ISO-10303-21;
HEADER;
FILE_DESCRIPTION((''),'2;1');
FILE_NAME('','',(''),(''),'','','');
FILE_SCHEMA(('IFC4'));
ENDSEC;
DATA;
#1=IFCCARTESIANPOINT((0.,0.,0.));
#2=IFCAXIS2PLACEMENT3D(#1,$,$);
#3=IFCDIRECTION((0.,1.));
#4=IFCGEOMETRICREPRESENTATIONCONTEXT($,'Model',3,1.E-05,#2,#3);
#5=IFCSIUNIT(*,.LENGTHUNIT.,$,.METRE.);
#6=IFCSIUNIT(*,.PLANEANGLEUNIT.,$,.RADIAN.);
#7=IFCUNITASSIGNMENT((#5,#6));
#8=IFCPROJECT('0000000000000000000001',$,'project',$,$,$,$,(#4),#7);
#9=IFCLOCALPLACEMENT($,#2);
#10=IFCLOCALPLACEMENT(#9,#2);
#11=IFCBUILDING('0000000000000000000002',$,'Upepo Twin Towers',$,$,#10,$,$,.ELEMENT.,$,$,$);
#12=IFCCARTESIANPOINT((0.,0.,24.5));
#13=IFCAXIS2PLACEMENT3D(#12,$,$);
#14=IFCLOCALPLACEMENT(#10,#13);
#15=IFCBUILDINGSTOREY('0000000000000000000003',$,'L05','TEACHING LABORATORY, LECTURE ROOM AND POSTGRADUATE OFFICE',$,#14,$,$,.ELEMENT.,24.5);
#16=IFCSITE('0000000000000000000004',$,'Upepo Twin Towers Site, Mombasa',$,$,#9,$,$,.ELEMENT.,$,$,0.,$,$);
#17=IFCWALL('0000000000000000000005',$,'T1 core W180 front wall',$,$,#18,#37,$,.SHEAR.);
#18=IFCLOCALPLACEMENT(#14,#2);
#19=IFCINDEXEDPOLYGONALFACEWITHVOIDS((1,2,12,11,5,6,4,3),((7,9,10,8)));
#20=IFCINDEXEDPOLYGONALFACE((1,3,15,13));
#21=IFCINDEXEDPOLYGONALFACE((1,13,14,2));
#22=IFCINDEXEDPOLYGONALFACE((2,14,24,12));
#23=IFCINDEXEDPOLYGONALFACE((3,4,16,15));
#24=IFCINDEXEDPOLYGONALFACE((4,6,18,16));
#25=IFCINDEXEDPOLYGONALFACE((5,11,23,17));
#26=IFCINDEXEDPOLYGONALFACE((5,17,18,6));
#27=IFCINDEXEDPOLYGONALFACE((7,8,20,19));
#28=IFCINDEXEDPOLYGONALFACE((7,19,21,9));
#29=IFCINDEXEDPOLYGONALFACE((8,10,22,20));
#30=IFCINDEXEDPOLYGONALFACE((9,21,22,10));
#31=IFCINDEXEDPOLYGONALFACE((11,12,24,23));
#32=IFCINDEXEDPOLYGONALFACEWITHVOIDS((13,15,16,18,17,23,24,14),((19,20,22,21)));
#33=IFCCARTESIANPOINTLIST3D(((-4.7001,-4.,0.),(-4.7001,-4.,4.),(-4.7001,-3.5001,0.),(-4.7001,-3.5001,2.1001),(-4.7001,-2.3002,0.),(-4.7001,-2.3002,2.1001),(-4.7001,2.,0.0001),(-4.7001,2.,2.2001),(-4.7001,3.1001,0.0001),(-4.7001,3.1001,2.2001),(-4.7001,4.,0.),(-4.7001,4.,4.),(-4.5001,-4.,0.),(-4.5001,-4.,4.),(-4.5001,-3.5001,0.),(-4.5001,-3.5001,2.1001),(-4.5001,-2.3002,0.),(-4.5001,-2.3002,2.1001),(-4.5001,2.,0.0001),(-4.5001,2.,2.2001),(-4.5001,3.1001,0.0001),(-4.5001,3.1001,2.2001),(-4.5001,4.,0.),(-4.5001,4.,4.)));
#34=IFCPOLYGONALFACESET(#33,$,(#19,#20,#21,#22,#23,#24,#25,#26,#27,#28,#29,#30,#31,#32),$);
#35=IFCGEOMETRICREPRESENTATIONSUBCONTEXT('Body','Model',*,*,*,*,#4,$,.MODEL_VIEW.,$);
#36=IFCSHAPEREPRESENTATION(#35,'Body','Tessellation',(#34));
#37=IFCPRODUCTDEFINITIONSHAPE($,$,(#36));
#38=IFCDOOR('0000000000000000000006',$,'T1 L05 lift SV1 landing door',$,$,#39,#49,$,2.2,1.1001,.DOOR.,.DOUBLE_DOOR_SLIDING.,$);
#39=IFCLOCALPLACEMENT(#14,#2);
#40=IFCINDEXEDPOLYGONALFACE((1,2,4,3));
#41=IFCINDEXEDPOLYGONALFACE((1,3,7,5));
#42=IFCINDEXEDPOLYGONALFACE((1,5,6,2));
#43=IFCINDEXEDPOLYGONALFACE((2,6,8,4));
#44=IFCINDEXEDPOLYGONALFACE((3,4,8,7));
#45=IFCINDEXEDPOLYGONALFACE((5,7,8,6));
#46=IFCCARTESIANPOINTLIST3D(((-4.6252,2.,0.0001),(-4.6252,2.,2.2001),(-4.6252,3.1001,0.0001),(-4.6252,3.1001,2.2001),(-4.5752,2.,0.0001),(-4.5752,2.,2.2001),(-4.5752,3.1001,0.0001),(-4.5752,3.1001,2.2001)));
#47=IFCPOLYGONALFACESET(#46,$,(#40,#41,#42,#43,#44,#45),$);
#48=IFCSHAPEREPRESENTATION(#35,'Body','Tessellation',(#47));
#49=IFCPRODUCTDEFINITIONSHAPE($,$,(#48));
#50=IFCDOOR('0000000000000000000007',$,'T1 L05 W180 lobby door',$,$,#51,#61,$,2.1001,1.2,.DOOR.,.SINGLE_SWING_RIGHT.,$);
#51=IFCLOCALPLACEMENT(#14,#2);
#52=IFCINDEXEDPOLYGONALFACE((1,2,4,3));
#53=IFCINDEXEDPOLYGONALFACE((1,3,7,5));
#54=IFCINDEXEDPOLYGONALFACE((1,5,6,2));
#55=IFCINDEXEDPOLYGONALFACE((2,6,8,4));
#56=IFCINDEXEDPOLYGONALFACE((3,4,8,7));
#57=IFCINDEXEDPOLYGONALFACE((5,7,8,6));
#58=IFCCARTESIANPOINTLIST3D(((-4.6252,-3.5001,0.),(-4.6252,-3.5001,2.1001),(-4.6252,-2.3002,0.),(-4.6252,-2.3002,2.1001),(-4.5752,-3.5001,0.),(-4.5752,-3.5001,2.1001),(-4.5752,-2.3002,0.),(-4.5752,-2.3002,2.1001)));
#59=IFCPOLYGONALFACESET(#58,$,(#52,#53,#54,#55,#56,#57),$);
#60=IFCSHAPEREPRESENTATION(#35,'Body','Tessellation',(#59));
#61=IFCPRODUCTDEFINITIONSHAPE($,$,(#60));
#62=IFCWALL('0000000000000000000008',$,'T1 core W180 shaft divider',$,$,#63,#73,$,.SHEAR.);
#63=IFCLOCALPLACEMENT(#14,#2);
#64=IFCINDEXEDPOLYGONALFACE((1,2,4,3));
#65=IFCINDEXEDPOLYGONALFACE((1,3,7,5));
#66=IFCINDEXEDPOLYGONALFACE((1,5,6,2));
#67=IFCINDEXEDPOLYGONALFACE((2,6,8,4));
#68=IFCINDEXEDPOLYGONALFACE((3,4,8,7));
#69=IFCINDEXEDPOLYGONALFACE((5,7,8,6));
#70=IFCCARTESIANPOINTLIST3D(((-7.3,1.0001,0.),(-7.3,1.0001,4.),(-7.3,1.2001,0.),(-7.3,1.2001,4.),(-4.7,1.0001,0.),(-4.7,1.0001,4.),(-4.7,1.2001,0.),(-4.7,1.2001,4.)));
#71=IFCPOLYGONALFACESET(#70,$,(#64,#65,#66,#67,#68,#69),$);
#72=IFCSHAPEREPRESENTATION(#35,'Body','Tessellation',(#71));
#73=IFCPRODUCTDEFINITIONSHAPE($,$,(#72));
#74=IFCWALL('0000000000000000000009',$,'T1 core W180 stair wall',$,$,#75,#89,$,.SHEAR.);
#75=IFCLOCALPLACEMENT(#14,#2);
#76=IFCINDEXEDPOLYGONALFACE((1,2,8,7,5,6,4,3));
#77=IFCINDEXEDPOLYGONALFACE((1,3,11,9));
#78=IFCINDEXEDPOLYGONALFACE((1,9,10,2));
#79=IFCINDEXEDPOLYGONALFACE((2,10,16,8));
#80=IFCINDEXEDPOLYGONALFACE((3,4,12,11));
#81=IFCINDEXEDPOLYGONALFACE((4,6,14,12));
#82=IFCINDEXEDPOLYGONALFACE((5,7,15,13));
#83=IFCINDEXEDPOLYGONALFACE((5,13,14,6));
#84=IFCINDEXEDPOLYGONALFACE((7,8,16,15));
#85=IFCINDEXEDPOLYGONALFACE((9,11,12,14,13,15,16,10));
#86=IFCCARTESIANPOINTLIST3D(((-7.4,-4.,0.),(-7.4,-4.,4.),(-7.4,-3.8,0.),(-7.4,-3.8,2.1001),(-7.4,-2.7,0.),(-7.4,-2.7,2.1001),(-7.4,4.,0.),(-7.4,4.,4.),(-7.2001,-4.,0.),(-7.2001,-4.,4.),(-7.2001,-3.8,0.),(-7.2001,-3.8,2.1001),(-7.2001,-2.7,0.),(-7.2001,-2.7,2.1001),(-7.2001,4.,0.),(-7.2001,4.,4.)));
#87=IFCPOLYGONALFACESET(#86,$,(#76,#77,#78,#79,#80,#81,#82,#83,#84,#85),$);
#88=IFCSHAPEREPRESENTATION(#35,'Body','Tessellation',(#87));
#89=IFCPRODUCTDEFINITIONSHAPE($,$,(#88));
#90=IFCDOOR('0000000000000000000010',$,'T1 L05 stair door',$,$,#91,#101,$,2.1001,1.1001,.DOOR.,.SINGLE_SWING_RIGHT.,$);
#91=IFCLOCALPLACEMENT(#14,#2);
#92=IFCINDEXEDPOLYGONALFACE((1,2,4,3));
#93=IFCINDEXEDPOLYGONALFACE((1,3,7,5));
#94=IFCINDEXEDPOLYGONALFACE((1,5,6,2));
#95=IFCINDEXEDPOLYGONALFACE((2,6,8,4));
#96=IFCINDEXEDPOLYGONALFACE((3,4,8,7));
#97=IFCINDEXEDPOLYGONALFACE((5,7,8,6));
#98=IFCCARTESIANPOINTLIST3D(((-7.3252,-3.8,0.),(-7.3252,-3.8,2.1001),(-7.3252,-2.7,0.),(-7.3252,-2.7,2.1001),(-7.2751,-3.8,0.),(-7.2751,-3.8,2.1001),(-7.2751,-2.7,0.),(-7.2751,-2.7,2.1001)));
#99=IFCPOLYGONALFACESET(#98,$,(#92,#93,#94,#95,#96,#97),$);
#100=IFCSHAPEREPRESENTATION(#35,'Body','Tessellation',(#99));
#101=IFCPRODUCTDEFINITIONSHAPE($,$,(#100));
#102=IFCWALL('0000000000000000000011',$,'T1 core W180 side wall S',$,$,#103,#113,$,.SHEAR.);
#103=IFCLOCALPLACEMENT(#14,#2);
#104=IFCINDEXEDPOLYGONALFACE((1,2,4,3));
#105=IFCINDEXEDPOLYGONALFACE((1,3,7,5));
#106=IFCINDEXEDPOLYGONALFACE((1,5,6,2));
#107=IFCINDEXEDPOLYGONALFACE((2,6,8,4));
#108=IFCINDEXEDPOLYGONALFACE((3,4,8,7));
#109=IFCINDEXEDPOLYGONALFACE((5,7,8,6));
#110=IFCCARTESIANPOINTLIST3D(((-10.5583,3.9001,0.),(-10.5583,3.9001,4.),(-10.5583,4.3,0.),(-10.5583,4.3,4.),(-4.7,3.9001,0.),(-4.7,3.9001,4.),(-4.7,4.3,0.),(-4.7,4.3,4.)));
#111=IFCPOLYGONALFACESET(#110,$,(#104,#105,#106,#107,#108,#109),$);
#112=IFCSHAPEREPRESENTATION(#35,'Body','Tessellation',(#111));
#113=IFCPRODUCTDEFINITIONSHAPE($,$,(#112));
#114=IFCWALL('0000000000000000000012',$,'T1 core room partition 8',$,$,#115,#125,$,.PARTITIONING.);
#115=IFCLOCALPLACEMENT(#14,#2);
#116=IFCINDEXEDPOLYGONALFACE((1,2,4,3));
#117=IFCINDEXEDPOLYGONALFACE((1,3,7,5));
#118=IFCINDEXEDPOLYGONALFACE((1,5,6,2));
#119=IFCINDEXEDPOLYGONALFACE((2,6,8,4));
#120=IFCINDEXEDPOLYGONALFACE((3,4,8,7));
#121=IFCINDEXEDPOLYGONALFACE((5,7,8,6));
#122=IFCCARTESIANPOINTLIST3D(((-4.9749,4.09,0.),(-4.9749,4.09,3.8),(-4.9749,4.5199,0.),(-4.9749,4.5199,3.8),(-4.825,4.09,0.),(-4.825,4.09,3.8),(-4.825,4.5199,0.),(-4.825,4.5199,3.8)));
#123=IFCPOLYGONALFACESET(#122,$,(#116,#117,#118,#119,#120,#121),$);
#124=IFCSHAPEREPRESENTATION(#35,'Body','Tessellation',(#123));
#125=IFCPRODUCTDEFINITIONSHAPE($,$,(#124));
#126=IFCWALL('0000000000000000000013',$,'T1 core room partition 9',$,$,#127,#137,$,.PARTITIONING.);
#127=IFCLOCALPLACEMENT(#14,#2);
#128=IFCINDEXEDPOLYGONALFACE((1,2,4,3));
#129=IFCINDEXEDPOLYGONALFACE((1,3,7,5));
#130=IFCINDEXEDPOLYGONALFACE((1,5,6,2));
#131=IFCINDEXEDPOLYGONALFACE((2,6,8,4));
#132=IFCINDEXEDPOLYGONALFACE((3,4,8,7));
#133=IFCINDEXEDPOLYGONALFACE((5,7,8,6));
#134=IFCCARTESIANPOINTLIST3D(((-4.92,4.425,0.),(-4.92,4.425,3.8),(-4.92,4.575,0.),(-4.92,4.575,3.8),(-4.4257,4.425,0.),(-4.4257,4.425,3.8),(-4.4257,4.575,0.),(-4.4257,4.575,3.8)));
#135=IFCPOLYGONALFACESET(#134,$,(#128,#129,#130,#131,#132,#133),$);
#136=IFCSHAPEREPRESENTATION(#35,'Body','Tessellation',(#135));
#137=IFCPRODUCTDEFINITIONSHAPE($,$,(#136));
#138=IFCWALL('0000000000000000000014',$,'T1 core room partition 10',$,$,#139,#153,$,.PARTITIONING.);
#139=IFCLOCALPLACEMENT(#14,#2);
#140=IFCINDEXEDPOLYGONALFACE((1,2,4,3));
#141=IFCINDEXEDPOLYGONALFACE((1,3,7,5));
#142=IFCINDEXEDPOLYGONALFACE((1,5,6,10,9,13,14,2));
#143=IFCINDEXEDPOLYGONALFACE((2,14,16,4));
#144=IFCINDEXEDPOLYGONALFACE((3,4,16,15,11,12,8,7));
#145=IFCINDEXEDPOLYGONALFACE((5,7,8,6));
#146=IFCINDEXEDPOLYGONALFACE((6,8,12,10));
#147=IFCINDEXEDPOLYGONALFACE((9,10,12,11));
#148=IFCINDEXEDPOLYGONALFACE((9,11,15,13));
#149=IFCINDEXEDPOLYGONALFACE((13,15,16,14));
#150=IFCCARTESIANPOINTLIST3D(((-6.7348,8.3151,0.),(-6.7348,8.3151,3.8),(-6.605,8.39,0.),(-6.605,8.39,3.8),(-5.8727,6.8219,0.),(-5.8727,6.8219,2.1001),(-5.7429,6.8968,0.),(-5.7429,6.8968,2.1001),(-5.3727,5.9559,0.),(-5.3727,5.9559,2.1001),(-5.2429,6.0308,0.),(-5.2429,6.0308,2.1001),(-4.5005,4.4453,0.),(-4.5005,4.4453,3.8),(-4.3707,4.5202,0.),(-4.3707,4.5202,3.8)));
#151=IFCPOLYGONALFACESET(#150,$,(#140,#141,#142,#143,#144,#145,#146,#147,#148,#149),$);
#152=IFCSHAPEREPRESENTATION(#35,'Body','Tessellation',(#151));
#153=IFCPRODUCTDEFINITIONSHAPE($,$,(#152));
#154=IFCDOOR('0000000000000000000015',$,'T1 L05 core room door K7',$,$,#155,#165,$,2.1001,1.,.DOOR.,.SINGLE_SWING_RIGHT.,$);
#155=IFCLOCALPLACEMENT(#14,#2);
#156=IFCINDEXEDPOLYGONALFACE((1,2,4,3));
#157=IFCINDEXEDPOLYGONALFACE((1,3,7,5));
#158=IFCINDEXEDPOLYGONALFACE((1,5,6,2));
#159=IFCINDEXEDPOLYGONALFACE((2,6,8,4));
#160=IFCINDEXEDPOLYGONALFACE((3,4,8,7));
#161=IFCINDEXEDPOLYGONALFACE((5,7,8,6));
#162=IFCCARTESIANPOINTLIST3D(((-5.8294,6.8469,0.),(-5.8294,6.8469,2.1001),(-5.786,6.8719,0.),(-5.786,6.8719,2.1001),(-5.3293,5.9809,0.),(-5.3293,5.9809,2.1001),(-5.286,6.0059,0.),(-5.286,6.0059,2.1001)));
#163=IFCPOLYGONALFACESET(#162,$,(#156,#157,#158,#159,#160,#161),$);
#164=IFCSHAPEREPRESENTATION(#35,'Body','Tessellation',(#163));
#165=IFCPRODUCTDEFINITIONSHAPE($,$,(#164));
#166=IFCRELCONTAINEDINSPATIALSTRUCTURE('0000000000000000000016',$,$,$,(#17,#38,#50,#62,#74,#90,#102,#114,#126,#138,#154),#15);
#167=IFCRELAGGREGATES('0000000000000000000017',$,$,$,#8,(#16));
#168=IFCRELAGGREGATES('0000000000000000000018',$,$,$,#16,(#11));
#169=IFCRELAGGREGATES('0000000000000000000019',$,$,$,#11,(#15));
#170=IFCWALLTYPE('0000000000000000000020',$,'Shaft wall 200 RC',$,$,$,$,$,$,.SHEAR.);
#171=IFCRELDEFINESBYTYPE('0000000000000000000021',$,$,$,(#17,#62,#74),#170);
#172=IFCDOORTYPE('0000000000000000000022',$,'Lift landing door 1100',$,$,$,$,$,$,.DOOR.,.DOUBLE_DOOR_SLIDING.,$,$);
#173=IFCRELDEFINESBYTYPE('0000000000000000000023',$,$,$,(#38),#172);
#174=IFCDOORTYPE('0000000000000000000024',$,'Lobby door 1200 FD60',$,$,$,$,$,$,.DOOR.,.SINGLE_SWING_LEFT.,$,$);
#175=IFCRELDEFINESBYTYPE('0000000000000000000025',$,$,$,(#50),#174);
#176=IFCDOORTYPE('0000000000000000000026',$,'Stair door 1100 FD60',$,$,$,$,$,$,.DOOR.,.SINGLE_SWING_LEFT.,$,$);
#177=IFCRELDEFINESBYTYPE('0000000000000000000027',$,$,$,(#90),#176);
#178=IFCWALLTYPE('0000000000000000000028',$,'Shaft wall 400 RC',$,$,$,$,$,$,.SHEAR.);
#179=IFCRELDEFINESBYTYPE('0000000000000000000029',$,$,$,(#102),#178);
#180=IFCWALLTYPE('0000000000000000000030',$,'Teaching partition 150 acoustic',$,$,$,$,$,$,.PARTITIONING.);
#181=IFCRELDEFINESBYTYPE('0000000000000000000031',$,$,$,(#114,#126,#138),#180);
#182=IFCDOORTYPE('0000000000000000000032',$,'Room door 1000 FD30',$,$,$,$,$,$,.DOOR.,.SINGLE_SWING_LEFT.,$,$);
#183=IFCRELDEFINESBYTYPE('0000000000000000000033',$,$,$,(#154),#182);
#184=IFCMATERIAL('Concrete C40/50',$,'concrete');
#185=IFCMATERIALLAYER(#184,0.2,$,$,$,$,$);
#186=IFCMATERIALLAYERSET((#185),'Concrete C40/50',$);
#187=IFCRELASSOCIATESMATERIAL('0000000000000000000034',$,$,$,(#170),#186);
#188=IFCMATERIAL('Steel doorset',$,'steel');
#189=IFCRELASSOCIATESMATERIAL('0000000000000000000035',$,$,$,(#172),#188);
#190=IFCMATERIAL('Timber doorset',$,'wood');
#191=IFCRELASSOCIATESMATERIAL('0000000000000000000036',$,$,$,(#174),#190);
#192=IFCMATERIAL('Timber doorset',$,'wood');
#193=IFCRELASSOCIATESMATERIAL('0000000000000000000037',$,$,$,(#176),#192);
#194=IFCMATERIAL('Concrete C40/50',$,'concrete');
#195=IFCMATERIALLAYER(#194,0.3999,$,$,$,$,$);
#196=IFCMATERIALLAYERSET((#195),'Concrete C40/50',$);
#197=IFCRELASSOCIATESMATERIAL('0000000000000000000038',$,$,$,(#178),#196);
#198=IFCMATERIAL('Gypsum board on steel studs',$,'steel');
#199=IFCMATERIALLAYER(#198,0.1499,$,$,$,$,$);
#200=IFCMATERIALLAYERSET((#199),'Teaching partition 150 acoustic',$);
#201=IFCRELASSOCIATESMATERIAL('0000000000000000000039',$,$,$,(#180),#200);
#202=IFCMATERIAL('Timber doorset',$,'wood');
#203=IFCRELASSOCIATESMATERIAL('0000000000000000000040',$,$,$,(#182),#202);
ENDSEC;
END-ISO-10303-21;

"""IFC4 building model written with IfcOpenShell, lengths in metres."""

from ifc_helpers import new_model, si_unit, direction, frame, frame_2d, origin, place, context, subcontext, project, spatial, rectangle, extrude, material, layer, layer_set, type_object, element, fill, save


model = new_model("IFC4")

# Units and contexts
model_context = context("Model", 3, precision=1e-05, world=origin(), true_north=direction((0.0, 1.0)))
body_context = subcontext(model_context, "Body", "Model", "MODEL_VIEW")
ifc_project = project(units=[si_unit("LENGTHUNIT", "METRE"), si_unit("PLANEANGLEUNIT", "RADIAN")], contexts=[model_context])

# Site, building, storey
site_placement = place(None, origin())
site = spatial("IfcSite", under=ifc_project, at=site_placement, Name="Upepo Twin Towers Site, Mombasa", CompositionType="ELEMENT", RefElevation=0.0)
building_placement = place(site_placement, origin())
building = spatial("IfcBuilding", under=site, at=building_placement, Name="Upepo Twin Towers", CompositionType="ELEMENT")
storey_placement = place(building_placement, frame((0.0, 0.0, 24.5)))
storey = spatial("IfcBuildingStorey", under=building, at=storey_placement, Name="L05", Description="TEACHING LABORATORY, LECTURE ROOM AND POSTGRADUATE OFFICE", CompositionType="ELEMENT", Elevation=24.5)

# Wall, openings, doors
ifc_material_1 = material(Name="Concrete C40/50", Category="concrete")
ifc_layer_1 = layer(ifc_material_1, 0.2)
ifc_layer_set_1 = layer_set([ifc_layer_1], Name="Concrete C40/50")
wall_type_1 = type_object("IfcWallType", Name="Shaft wall 200 RC", PredefinedType="SHEAR", material=ifc_layer_set_1)
wall_1_placement = place(storey_placement, frame((-4.6001, 4.0, 0.0), z_axis=(0.0, 0.0, 1.0), x_axis=(0.0, -1.0, 0.0)))
wall_1 = element("IfcWall", 1, at=wall_1_placement, inside=storey, type_object=wall_type_1, Name="T1 core W180 front wall", PredefinedType="SHEAR", context=body_context, shape_type="SweptSolid", body=[
    extrude(rectangle(XDim=8.0, YDim=0.2, at=frame_2d((4.0, 0.0))), origin(), (0.0, 0.0, 1.0), 4.0),
])
opening_1_placement = place(wall_1_placement, frame((6.3, 0.0, 0.0)))
opening_1 = element("IfcOpeningElement", 2, at=opening_1_placement, cuts=wall_1, PredefinedType="OPENING", context=body_context, shape_type="SweptSolid", body=[
    extrude(rectangle(XDim=1.2, YDim=2.1001, at=frame_2d((0.6001, 1.05))), frame((0.0, 0.1099, 0.0), z_axis=(0.0, -1.0, 0.0), x_axis=(1.0, 0.0, 0.0)), (0.0, 0.0, 1.0), 0.22),
])
opening_2_placement = place(wall_1_placement, frame((0.8999, 0.0, 0.0)))
opening_2 = element("IfcOpeningElement", 3, at=opening_2_placement, cuts=wall_1, PredefinedType="OPENING", context=body_context, shape_type="SweptSolid", body=[
    extrude(rectangle(XDim=1.1001, YDim=2.2, at=frame_2d((0.55, 1.1001))), frame((0.0, 0.1099, 0.0), z_axis=(0.0, -1.0, 0.0), x_axis=(1.0, 0.0, 0.0)), (0.0, 0.0, 1.0), 0.22),
])
ifc_material_2 = material(Name="Steel doorset", Category="steel")
door_type_1 = type_object("IfcDoorType", Name="Lift landing door 1100", OperationType="DOUBLE_DOOR_SLIDING", PredefinedType="DOOR", material=ifc_material_2)
door_1_placement = place(opening_2_placement, origin())
door_1 = element("IfcDoor", 4, at=door_1_placement, inside=storey, type_object=door_type_1, Name="T1 L05 lift SV1 landing door", OperationType="DOUBLE_DOOR_SLIDING", OverallHeight=2.2, OverallWidth=1.1001, PredefinedType="DOOR", context=body_context, shape_type="SweptSolid", body=[
    extrude(rectangle(XDim=1.1001, YDim=2.2, at=frame_2d((0.55, 1.1001))), frame((0.0, 0.0249, 0.0), z_axis=(0.0, -1.0, 0.0), x_axis=(1.0, 0.0, 0.0)), (0.0, 0.0, 1.0), 0.05),
])
fill(opening_2, door_1)
ifc_material_3 = material(Name="Timber doorset", Category="wood")
door_type_2 = type_object("IfcDoorType", Name="Lobby door 1200 FD60", OperationType="SINGLE_SWING_LEFT", PredefinedType="DOOR", material=ifc_material_3)
door_2_placement = place(opening_1_placement, origin())
door_2 = element("IfcDoor", 5, at=door_2_placement, inside=storey, type_object=door_type_2, Name="T1 L05 W180 lobby door", OperationType="SINGLE_SWING_RIGHT", OverallHeight=2.1001, OverallWidth=1.2, PredefinedType="DOOR", context=body_context, shape_type="SweptSolid", body=[
    extrude(rectangle(XDim=1.2, YDim=2.1001, at=frame_2d((0.6001, 1.05))), frame((0.0, 0.0249, 0.0), z_axis=(0.0, -1.0, 0.0), x_axis=(1.0, 0.0, 0.0)), (0.0, 0.0, 1.0), 0.05),
])
fill(opening_1, door_2)

# Wall
wall_2_placement = place(storey_placement, frame((-4.7, 1.1001, 0.0), z_axis=(0.0, 0.0, 1.0), x_axis=(-1.0, 0.0, 0.0)))
element("IfcWall", 6, at=wall_2_placement, inside=storey, type_object=wall_type_1, Name="T1 core W180 shaft divider", PredefinedType="SHEAR", context=body_context, shape_type="SweptSolid", body=[
    extrude(rectangle(XDim=2.6001, YDim=0.2, at=frame_2d((1.3, 0.0))), origin(), (0.0, 0.0, 1.0), 4.0),
])

# Wall, opening, door
wall_3_placement = place(storey_placement, frame((-7.3, 4.0, 0.0), z_axis=(0.0, 0.0, 1.0), x_axis=(0.0, -1.0, 0.0)))
wall_3 = element("IfcWall", 7, at=wall_3_placement, inside=storey, type_object=wall_type_1, Name="T1 core W180 stair wall", PredefinedType="SHEAR", context=body_context, shape_type="SweptSolid", body=[
    extrude(rectangle(XDim=8.0, YDim=0.2, at=frame_2d((4.0, 0.0))), origin(), (0.0, 0.0, 1.0), 4.0),
])
opening_3_placement = place(wall_3_placement, frame((6.7, 0.0, 0.0)))
opening_3 = element("IfcOpeningElement", 8, at=opening_3_placement, cuts=wall_3, PredefinedType="OPENING", context=body_context, shape_type="SweptSolid", body=[
    extrude(rectangle(XDim=1.1001, YDim=2.1001, at=frame_2d((0.55, 1.05))), frame((0.0, 0.1099, 0.0), z_axis=(0.0, -1.0, 0.0), x_axis=(1.0, 0.0, 0.0)), (0.0, 0.0, 1.0), 0.22),
])
ifc_material_4 = material(Name="Timber doorset", Category="wood")
door_type_3 = type_object("IfcDoorType", Name="Stair door 1100 FD60", OperationType="SINGLE_SWING_LEFT", PredefinedType="DOOR", material=ifc_material_4)
door_3_placement = place(opening_3_placement, origin())
door_3 = element("IfcDoor", 9, at=door_3_placement, inside=storey, type_object=door_type_3, Name="T1 L05 stair door", OperationType="SINGLE_SWING_RIGHT", OverallHeight=2.1001, OverallWidth=1.1001, PredefinedType="DOOR", context=body_context, shape_type="SweptSolid", body=[
    extrude(rectangle(XDim=1.1001, YDim=2.1001, at=frame_2d((0.55, 1.05))), frame((0.0, 0.0249, 0.0), z_axis=(0.0, -1.0, 0.0), x_axis=(1.0, 0.0, 0.0)), (0.0, 0.0, 1.0), 0.05),
])
fill(opening_3, door_3)

# Walls
ifc_material_5 = material(Name="Concrete C40/50", Category="concrete")
ifc_layer_2 = layer(ifc_material_5, 0.3999)
ifc_layer_set_2 = layer_set([ifc_layer_2], Name="Concrete C40/50")
wall_type_2 = type_object("IfcWallType", Name="Shaft wall 400 RC", PredefinedType="SHEAR", material=ifc_layer_set_2)
wall_4_placement = place(storey_placement, frame((-4.7, 4.1001, 0.0), z_axis=(0.0, 0.0, 1.0), x_axis=(-1.0, 0.0, 0.0)))
element("IfcWall", 10, at=wall_4_placement, inside=storey, type_object=wall_type_2, Name="T1 core W180 side wall S", PredefinedType="SHEAR", context=body_context, shape_type="SweptSolid", body=[
    extrude(rectangle(XDim=5.8584, YDim=0.3999, at=frame_2d((2.9292, 0.0))), origin(), (0.0, 0.0, 1.0), 4.0),
])
ifc_material_6 = material(Name="Gypsum board on steel studs", Category="steel")
ifc_layer_3 = layer(ifc_material_6, 0.1499)
ifc_layer_set_3 = layer_set([ifc_layer_3], Name="Teaching partition 150 acoustic")
wall_type_3 = type_object("IfcWallType", Name="Teaching partition 150 acoustic", PredefinedType="PARTITIONING", material=ifc_layer_set_3)
wall_5_placement = place(storey_placement, frame((-4.8999, 4.0901, 0.0), z_axis=(0.0, 0.0, 1.0), x_axis=(0.0, 1.0, 0.0)))
element("IfcWall", 11, at=wall_5_placement, inside=storey, type_object=wall_type_3, Name="T1 core room partition 8", PredefinedType="PARTITIONING", context=body_context, shape_type="SweptSolid", body=[
    extrude(rectangle(XDim=0.4299, YDim=0.1499, at=frame_2d((0.2148, 0.0))), origin(), (0.0, 0.0, 1.0), 3.8),
])
wall_6_placement = place(storey_placement, frame((-4.9199, 4.5, 0.0), z_axis=(0.0, 0.0, 1.0), x_axis=(1.0, 0.0, 0.0)))
element("IfcWall", 12, at=wall_6_placement, inside=storey, type_object=wall_type_3, Name="T1 core room partition 9", PredefinedType="PARTITIONING", context=body_context, shape_type="SweptSolid", body=[
    extrude(rectangle(XDim=0.4944, YDim=0.1499, at=frame_2d((0.2471, 0.0))), origin(), (0.0, 0.0, 1.0), 3.8),
])

# Wall, opening, door
wall_7_placement = place(storey_placement, frame((-4.4355, 4.4827, 0.0), z_axis=(0.0, 0.0, 1.0), x_axis=(-0.500017, 0.866015, 0.0)))
wall_7 = element("IfcWall", 13, at=wall_7_placement, inside=storey, type_object=wall_type_3, Name="T1 core room partition 10", PredefinedType="PARTITIONING", context=body_context, shape_type="SweptSolid", body=[
    extrude(rectangle(XDim=4.4685, YDim=0.1499, at=frame_2d((2.2344, 0.0))), origin(), (0.0, 0.0, 1.0), 3.8),
])
opening_4_placement = place(wall_7_placement, frame((1.7444, 0.0, 0.0)))
opening_4 = element("IfcOpeningElement", 14, at=opening_4_placement, cuts=wall_7, PredefinedType="OPENING", context=body_context, shape_type="SweptSolid", body=[
    extrude(rectangle(XDim=1.0, YDim=2.1001, at=frame_2d((0.5, 1.05))), frame((0.0, 0.085, 0.0), z_axis=(0.0, -1.0, 0.0), x_axis=(1.0, 0.0, 0.0)), (0.0, 0.0, 1.0), 0.1699),
])
ifc_material_7 = material(Name="Timber doorset", Category="wood")
door_type_4 = type_object("IfcDoorType", Name="Room door 1000 FD30", OperationType="SINGLE_SWING_LEFT", PredefinedType="DOOR", material=ifc_material_7)
door_4_placement = place(opening_4_placement, origin())
door_4 = element("IfcDoor", 15, at=door_4_placement, inside=storey, type_object=door_type_4, Name="T1 L05 core room door K7", OperationType="SINGLE_SWING_RIGHT", OverallHeight=2.1001, OverallWidth=1.0, PredefinedType="DOOR", context=body_context, shape_type="SweptSolid", body=[
    extrude(rectangle(XDim=1.0, YDim=2.1001, at=frame_2d((0.5, 1.05))), frame((0.0, 0.0249, 0.0), z_axis=(0.0, -1.0, 0.0), x_axis=(1.0, 0.0, 0.0)), (0.0, 0.0, 1.0), 0.05),
])
fill(opening_4, door_4)

save(model, "model.ifc")
